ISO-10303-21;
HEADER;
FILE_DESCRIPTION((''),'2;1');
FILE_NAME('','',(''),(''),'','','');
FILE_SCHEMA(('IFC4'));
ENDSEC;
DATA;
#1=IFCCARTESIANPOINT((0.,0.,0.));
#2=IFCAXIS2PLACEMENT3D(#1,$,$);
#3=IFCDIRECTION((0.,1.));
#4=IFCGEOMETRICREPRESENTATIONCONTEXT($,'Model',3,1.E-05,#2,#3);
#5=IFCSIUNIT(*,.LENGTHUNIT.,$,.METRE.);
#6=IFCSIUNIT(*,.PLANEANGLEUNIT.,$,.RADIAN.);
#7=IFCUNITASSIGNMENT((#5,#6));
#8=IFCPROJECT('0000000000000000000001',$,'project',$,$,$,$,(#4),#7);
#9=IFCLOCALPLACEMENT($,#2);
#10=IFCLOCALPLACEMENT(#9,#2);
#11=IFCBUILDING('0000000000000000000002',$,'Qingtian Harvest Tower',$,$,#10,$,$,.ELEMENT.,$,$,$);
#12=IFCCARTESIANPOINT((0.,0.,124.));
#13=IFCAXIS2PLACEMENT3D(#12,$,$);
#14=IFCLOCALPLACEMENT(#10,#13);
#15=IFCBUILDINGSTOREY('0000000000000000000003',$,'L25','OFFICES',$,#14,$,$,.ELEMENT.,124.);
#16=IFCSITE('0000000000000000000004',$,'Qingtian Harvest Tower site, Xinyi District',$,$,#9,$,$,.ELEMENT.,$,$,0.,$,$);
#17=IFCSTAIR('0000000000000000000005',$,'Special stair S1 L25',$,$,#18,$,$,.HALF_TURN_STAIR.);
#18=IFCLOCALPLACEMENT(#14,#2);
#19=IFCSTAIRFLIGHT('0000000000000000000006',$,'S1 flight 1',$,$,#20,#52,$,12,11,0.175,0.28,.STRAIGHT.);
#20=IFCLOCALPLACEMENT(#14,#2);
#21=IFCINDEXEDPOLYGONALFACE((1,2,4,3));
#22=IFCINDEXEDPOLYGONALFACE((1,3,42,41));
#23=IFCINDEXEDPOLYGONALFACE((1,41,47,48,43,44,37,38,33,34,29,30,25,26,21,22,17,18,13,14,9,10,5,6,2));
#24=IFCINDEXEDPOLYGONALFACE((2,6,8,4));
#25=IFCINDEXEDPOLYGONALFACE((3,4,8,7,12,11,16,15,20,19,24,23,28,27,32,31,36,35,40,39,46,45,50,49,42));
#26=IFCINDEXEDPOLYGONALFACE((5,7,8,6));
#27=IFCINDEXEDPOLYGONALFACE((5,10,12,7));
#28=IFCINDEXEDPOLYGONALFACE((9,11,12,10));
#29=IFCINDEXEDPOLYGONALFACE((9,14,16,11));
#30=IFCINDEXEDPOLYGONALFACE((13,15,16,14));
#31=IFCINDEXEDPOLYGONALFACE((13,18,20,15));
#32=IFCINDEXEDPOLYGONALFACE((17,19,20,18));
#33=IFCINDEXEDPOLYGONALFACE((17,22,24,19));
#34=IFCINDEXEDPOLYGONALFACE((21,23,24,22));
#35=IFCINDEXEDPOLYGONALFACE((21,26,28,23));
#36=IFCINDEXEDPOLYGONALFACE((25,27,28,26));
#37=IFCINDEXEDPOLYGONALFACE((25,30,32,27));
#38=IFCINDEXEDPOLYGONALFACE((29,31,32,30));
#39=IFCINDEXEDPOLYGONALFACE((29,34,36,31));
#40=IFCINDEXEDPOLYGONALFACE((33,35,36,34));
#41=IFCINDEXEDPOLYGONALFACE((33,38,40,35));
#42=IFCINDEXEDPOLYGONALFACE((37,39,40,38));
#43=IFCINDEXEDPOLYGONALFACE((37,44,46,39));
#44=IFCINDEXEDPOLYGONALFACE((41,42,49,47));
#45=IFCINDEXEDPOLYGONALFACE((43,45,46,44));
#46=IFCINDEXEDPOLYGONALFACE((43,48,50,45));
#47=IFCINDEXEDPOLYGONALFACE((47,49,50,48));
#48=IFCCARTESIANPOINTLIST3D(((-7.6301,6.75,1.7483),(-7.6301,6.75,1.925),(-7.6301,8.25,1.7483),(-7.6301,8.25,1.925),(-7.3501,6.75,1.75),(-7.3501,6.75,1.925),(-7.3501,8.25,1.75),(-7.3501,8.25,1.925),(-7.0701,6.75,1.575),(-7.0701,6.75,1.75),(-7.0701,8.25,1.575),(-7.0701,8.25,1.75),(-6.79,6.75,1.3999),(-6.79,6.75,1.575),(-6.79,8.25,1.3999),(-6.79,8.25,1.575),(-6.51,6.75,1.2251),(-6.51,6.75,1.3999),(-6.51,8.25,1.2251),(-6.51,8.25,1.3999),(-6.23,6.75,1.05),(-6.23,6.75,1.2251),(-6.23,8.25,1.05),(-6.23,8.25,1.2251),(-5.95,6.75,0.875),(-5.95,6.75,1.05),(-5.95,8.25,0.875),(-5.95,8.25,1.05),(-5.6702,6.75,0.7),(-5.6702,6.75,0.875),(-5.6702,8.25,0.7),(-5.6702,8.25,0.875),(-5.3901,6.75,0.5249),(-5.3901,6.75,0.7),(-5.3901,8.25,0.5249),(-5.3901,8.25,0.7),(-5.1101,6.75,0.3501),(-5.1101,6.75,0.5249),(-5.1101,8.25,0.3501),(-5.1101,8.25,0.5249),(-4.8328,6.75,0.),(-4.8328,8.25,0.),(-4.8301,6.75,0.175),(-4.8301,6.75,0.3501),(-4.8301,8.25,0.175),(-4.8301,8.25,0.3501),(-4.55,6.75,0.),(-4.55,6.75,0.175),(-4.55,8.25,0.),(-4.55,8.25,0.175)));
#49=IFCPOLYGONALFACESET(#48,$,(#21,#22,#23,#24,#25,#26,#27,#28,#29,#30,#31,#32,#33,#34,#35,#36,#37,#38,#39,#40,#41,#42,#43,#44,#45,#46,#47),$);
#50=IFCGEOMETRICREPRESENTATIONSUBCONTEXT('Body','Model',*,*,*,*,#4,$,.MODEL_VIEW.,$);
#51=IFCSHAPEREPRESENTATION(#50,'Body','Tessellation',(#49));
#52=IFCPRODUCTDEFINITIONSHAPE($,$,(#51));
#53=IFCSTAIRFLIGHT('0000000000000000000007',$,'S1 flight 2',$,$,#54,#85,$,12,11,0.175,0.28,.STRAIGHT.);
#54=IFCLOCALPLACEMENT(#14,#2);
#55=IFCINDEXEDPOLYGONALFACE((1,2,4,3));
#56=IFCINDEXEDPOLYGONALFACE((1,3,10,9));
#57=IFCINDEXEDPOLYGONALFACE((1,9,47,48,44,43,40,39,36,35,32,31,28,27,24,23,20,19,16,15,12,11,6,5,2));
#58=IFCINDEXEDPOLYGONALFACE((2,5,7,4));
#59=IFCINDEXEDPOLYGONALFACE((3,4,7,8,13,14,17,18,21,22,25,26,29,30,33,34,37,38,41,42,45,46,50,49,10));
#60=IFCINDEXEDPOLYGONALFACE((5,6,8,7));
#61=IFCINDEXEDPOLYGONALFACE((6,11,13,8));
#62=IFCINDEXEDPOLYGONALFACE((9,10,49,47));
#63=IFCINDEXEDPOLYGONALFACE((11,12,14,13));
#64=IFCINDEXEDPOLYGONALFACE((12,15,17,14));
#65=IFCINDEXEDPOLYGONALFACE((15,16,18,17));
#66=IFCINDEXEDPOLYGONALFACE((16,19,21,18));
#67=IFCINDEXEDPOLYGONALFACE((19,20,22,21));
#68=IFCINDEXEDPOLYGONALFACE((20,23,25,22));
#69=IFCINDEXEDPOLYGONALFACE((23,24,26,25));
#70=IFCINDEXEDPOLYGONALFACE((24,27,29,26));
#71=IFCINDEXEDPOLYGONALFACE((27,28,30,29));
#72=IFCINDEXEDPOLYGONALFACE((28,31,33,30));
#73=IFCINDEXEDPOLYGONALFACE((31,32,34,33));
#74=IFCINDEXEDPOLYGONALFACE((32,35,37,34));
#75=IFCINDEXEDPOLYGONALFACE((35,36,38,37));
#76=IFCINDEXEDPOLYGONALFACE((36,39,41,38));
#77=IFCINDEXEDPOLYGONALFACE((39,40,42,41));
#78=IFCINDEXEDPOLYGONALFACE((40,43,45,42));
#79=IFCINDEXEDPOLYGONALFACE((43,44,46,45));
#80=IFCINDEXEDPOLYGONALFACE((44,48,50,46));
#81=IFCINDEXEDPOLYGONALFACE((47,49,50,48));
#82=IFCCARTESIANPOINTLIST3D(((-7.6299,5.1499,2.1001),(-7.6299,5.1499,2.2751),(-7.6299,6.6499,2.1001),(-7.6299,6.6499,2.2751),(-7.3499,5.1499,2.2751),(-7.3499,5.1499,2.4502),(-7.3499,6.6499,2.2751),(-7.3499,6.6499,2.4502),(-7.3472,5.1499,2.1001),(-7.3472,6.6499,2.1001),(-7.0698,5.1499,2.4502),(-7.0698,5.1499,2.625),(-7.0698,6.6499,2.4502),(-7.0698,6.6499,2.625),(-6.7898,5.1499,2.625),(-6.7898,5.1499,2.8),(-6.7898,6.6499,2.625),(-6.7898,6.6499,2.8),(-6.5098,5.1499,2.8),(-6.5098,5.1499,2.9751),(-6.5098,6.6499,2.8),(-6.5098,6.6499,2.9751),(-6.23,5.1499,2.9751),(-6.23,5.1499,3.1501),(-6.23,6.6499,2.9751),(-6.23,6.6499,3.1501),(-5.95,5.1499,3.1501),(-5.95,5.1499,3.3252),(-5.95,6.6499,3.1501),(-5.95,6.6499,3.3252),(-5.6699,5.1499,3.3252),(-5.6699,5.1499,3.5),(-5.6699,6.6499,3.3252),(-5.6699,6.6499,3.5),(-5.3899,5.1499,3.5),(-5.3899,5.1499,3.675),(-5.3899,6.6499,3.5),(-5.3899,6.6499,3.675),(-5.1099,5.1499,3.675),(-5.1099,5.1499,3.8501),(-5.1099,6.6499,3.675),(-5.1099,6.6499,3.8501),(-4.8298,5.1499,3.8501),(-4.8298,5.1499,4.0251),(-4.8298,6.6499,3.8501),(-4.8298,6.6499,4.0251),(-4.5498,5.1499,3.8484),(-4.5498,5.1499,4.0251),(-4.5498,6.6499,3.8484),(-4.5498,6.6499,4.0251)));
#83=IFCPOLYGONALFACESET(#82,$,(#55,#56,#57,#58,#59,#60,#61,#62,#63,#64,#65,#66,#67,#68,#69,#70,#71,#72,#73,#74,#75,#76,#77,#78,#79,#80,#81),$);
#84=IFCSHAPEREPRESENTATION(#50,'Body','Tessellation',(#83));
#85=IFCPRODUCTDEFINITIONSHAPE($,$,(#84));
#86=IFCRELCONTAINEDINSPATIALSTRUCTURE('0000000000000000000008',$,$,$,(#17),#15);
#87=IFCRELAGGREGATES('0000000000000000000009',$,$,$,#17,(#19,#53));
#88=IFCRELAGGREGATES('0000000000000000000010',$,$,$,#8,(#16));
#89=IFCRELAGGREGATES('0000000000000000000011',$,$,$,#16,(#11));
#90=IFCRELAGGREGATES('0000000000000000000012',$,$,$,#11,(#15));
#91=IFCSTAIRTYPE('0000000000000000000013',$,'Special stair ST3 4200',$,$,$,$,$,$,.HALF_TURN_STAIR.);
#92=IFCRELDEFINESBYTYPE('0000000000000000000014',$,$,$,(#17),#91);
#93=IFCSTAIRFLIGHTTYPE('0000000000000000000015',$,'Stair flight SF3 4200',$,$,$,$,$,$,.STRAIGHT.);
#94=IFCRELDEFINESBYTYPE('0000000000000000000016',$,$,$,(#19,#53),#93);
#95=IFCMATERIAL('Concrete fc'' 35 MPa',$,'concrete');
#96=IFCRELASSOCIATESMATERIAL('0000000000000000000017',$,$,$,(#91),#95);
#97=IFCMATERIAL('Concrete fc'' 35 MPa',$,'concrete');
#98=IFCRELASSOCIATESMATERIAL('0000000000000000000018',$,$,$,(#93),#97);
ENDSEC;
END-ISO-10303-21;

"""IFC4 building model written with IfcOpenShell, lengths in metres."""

from ifc_helpers import new_model, si_unit, direction, frame, origin, place, context, subcontext, project, spatial, polyline, outline, extrude, material, type_object, element, aggregate, save


model = new_model("IFC4")

# Units and contexts
model_context = context("Model", 3, precision=1e-05, world=origin(), true_north=direction((0.0, 1.0)))
body_context = subcontext(model_context, "Body", "Model", "MODEL_VIEW")
ifc_project = project(units=[si_unit("LENGTHUNIT", "METRE"), si_unit("PLANEANGLEUNIT", "RADIAN")], contexts=[model_context])

# Site, building, storey
site_placement = place(None, origin())
site = spatial("IfcSite", under=ifc_project, at=site_placement, Name="Qingtian Harvest Tower site, Xinyi District", CompositionType="ELEMENT", RefElevation=0.0)
building_placement = place(site_placement, origin())
building = spatial("IfcBuilding", under=site, at=building_placement, Name="Qingtian Harvest Tower", CompositionType="ELEMENT")
storey_placement = place(building_placement, frame((0.0, 0.0, 124.0)))
storey = spatial("IfcBuildingStorey", under=building, at=storey_placement, Name="L25", Description="OFFICES", CompositionType="ELEMENT", Elevation=124.0)

# Stair, stair flights
ifc_material_1 = material(Name="Concrete fc' 35 MPa", Category="concrete")
stair_type = type_object("IfcStairType", Name="Special stair ST3 4200", PredefinedType="HALF_TURN_STAIR", material=ifc_material_1)
stair_placement = place(storey_placement, origin())
stair = element("IfcStair", 1, at=stair_placement, inside=storey, type_object=stair_type, Name="Special stair S1 L25", PredefinedType="HALF_TURN_STAIR")
ifc_material_2 = material(Name="Concrete fc' 35 MPa", Category="concrete")
stair_flight_type = type_object("IfcStairFlightType", Name="Stair flight SF3 4200", PredefinedType="STRAIGHT", material=ifc_material_2)
stair_flight_1_placement = place(storey_placement, frame((-4.55, 7.5, 0.0), z_axis=(0.0, 0.0, 1.0), x_axis=(-1.0, 0.0, 0.0)))
stair_flight_1 = element("IfcStairFlight", 2, at=stair_flight_1_placement, type_object=stair_flight_type, Name="S1 flight 1", NumberOfRisers=12, NumberOfTreads=11, PredefinedType="STRAIGHT", RiserHeight=0.175, TreadLength=0.28, context=body_context, shape_type="SweptSolid", body=[
    extrude(outline(polyline([(0.0, 0.0), (0.0, 0.175), (0.28, 0.175), (0.28, 0.3501), (0.5601, 0.3501), (0.5601, 0.5249), (0.8401, 0.5249), (0.8401, 0.7), (1.1201, 0.7), (1.1201, 0.875), (1.3999, 0.875), (1.3999, 1.05), (1.6799, 1.05), (1.6799, 1.2251), (1.96, 1.2251), (1.96, 1.3999), (2.24, 1.3999), (2.24, 1.575), (2.52, 1.575), (2.52, 1.75), (2.8, 1.75), (2.8, 1.925), (3.0801, 1.925), (3.0801, 2.1001), (3.0801, 1.7483), (0.2827, 0.0), (0.0, 0.0)])), frame((0.0, 0.75, 0.0), z_axis=(0.0, -1.0, 0.0), x_axis=(1.0, 0.0, 0.0)), (0.0, 0.0, 1.0), 1.5),
])
stair_flight_2_placement = place(storey_placement, frame((-7.6299, 5.8999, 2.1001), z_axis=(0.0, 0.0, 1.0), x_axis=(1.0, 0.0, 0.0)))
stair_flight_2 = element("IfcStairFlight", 3, at=stair_flight_2_placement, type_object=stair_flight_type, Name="S1 flight 2", NumberOfRisers=12, NumberOfTreads=11, PredefinedType="STRAIGHT", RiserHeight=0.175, TreadLength=0.28, context=body_context, shape_type="SweptSolid", body=[
    extrude(outline(polyline([(0.0, 0.0), (0.0, 0.175), (0.28, 0.175), (0.28, 0.3501), (0.5601, 0.3501), (0.5601, 0.5249), (0.8401, 0.5249), (0.8401, 0.7), (1.1201, 0.7), (1.1201, 0.875), (1.3999, 0.875), (1.3999, 1.05), (1.6799, 1.05), (1.6799, 1.2251), (1.96, 1.2251), (1.96, 1.3999), (2.24, 1.3999), (2.24, 1.575), (2.52, 1.575), (2.52, 1.75), (2.8, 1.75), (2.8, 1.925), (3.0801, 1.925), (3.0801, 2.1001), (3.0801, 1.7483), (0.2827, 0.0), (0.0, 0.0)])), frame((0.0, 0.75, 0.0), z_axis=(0.0, -1.0, 0.0), x_axis=(1.0, 0.0, 0.0)), (0.0, 0.0, 1.0), 1.5),
])
aggregate(stair, [stair_flight_1, stair_flight_2])

save(model, "model.ifc")
